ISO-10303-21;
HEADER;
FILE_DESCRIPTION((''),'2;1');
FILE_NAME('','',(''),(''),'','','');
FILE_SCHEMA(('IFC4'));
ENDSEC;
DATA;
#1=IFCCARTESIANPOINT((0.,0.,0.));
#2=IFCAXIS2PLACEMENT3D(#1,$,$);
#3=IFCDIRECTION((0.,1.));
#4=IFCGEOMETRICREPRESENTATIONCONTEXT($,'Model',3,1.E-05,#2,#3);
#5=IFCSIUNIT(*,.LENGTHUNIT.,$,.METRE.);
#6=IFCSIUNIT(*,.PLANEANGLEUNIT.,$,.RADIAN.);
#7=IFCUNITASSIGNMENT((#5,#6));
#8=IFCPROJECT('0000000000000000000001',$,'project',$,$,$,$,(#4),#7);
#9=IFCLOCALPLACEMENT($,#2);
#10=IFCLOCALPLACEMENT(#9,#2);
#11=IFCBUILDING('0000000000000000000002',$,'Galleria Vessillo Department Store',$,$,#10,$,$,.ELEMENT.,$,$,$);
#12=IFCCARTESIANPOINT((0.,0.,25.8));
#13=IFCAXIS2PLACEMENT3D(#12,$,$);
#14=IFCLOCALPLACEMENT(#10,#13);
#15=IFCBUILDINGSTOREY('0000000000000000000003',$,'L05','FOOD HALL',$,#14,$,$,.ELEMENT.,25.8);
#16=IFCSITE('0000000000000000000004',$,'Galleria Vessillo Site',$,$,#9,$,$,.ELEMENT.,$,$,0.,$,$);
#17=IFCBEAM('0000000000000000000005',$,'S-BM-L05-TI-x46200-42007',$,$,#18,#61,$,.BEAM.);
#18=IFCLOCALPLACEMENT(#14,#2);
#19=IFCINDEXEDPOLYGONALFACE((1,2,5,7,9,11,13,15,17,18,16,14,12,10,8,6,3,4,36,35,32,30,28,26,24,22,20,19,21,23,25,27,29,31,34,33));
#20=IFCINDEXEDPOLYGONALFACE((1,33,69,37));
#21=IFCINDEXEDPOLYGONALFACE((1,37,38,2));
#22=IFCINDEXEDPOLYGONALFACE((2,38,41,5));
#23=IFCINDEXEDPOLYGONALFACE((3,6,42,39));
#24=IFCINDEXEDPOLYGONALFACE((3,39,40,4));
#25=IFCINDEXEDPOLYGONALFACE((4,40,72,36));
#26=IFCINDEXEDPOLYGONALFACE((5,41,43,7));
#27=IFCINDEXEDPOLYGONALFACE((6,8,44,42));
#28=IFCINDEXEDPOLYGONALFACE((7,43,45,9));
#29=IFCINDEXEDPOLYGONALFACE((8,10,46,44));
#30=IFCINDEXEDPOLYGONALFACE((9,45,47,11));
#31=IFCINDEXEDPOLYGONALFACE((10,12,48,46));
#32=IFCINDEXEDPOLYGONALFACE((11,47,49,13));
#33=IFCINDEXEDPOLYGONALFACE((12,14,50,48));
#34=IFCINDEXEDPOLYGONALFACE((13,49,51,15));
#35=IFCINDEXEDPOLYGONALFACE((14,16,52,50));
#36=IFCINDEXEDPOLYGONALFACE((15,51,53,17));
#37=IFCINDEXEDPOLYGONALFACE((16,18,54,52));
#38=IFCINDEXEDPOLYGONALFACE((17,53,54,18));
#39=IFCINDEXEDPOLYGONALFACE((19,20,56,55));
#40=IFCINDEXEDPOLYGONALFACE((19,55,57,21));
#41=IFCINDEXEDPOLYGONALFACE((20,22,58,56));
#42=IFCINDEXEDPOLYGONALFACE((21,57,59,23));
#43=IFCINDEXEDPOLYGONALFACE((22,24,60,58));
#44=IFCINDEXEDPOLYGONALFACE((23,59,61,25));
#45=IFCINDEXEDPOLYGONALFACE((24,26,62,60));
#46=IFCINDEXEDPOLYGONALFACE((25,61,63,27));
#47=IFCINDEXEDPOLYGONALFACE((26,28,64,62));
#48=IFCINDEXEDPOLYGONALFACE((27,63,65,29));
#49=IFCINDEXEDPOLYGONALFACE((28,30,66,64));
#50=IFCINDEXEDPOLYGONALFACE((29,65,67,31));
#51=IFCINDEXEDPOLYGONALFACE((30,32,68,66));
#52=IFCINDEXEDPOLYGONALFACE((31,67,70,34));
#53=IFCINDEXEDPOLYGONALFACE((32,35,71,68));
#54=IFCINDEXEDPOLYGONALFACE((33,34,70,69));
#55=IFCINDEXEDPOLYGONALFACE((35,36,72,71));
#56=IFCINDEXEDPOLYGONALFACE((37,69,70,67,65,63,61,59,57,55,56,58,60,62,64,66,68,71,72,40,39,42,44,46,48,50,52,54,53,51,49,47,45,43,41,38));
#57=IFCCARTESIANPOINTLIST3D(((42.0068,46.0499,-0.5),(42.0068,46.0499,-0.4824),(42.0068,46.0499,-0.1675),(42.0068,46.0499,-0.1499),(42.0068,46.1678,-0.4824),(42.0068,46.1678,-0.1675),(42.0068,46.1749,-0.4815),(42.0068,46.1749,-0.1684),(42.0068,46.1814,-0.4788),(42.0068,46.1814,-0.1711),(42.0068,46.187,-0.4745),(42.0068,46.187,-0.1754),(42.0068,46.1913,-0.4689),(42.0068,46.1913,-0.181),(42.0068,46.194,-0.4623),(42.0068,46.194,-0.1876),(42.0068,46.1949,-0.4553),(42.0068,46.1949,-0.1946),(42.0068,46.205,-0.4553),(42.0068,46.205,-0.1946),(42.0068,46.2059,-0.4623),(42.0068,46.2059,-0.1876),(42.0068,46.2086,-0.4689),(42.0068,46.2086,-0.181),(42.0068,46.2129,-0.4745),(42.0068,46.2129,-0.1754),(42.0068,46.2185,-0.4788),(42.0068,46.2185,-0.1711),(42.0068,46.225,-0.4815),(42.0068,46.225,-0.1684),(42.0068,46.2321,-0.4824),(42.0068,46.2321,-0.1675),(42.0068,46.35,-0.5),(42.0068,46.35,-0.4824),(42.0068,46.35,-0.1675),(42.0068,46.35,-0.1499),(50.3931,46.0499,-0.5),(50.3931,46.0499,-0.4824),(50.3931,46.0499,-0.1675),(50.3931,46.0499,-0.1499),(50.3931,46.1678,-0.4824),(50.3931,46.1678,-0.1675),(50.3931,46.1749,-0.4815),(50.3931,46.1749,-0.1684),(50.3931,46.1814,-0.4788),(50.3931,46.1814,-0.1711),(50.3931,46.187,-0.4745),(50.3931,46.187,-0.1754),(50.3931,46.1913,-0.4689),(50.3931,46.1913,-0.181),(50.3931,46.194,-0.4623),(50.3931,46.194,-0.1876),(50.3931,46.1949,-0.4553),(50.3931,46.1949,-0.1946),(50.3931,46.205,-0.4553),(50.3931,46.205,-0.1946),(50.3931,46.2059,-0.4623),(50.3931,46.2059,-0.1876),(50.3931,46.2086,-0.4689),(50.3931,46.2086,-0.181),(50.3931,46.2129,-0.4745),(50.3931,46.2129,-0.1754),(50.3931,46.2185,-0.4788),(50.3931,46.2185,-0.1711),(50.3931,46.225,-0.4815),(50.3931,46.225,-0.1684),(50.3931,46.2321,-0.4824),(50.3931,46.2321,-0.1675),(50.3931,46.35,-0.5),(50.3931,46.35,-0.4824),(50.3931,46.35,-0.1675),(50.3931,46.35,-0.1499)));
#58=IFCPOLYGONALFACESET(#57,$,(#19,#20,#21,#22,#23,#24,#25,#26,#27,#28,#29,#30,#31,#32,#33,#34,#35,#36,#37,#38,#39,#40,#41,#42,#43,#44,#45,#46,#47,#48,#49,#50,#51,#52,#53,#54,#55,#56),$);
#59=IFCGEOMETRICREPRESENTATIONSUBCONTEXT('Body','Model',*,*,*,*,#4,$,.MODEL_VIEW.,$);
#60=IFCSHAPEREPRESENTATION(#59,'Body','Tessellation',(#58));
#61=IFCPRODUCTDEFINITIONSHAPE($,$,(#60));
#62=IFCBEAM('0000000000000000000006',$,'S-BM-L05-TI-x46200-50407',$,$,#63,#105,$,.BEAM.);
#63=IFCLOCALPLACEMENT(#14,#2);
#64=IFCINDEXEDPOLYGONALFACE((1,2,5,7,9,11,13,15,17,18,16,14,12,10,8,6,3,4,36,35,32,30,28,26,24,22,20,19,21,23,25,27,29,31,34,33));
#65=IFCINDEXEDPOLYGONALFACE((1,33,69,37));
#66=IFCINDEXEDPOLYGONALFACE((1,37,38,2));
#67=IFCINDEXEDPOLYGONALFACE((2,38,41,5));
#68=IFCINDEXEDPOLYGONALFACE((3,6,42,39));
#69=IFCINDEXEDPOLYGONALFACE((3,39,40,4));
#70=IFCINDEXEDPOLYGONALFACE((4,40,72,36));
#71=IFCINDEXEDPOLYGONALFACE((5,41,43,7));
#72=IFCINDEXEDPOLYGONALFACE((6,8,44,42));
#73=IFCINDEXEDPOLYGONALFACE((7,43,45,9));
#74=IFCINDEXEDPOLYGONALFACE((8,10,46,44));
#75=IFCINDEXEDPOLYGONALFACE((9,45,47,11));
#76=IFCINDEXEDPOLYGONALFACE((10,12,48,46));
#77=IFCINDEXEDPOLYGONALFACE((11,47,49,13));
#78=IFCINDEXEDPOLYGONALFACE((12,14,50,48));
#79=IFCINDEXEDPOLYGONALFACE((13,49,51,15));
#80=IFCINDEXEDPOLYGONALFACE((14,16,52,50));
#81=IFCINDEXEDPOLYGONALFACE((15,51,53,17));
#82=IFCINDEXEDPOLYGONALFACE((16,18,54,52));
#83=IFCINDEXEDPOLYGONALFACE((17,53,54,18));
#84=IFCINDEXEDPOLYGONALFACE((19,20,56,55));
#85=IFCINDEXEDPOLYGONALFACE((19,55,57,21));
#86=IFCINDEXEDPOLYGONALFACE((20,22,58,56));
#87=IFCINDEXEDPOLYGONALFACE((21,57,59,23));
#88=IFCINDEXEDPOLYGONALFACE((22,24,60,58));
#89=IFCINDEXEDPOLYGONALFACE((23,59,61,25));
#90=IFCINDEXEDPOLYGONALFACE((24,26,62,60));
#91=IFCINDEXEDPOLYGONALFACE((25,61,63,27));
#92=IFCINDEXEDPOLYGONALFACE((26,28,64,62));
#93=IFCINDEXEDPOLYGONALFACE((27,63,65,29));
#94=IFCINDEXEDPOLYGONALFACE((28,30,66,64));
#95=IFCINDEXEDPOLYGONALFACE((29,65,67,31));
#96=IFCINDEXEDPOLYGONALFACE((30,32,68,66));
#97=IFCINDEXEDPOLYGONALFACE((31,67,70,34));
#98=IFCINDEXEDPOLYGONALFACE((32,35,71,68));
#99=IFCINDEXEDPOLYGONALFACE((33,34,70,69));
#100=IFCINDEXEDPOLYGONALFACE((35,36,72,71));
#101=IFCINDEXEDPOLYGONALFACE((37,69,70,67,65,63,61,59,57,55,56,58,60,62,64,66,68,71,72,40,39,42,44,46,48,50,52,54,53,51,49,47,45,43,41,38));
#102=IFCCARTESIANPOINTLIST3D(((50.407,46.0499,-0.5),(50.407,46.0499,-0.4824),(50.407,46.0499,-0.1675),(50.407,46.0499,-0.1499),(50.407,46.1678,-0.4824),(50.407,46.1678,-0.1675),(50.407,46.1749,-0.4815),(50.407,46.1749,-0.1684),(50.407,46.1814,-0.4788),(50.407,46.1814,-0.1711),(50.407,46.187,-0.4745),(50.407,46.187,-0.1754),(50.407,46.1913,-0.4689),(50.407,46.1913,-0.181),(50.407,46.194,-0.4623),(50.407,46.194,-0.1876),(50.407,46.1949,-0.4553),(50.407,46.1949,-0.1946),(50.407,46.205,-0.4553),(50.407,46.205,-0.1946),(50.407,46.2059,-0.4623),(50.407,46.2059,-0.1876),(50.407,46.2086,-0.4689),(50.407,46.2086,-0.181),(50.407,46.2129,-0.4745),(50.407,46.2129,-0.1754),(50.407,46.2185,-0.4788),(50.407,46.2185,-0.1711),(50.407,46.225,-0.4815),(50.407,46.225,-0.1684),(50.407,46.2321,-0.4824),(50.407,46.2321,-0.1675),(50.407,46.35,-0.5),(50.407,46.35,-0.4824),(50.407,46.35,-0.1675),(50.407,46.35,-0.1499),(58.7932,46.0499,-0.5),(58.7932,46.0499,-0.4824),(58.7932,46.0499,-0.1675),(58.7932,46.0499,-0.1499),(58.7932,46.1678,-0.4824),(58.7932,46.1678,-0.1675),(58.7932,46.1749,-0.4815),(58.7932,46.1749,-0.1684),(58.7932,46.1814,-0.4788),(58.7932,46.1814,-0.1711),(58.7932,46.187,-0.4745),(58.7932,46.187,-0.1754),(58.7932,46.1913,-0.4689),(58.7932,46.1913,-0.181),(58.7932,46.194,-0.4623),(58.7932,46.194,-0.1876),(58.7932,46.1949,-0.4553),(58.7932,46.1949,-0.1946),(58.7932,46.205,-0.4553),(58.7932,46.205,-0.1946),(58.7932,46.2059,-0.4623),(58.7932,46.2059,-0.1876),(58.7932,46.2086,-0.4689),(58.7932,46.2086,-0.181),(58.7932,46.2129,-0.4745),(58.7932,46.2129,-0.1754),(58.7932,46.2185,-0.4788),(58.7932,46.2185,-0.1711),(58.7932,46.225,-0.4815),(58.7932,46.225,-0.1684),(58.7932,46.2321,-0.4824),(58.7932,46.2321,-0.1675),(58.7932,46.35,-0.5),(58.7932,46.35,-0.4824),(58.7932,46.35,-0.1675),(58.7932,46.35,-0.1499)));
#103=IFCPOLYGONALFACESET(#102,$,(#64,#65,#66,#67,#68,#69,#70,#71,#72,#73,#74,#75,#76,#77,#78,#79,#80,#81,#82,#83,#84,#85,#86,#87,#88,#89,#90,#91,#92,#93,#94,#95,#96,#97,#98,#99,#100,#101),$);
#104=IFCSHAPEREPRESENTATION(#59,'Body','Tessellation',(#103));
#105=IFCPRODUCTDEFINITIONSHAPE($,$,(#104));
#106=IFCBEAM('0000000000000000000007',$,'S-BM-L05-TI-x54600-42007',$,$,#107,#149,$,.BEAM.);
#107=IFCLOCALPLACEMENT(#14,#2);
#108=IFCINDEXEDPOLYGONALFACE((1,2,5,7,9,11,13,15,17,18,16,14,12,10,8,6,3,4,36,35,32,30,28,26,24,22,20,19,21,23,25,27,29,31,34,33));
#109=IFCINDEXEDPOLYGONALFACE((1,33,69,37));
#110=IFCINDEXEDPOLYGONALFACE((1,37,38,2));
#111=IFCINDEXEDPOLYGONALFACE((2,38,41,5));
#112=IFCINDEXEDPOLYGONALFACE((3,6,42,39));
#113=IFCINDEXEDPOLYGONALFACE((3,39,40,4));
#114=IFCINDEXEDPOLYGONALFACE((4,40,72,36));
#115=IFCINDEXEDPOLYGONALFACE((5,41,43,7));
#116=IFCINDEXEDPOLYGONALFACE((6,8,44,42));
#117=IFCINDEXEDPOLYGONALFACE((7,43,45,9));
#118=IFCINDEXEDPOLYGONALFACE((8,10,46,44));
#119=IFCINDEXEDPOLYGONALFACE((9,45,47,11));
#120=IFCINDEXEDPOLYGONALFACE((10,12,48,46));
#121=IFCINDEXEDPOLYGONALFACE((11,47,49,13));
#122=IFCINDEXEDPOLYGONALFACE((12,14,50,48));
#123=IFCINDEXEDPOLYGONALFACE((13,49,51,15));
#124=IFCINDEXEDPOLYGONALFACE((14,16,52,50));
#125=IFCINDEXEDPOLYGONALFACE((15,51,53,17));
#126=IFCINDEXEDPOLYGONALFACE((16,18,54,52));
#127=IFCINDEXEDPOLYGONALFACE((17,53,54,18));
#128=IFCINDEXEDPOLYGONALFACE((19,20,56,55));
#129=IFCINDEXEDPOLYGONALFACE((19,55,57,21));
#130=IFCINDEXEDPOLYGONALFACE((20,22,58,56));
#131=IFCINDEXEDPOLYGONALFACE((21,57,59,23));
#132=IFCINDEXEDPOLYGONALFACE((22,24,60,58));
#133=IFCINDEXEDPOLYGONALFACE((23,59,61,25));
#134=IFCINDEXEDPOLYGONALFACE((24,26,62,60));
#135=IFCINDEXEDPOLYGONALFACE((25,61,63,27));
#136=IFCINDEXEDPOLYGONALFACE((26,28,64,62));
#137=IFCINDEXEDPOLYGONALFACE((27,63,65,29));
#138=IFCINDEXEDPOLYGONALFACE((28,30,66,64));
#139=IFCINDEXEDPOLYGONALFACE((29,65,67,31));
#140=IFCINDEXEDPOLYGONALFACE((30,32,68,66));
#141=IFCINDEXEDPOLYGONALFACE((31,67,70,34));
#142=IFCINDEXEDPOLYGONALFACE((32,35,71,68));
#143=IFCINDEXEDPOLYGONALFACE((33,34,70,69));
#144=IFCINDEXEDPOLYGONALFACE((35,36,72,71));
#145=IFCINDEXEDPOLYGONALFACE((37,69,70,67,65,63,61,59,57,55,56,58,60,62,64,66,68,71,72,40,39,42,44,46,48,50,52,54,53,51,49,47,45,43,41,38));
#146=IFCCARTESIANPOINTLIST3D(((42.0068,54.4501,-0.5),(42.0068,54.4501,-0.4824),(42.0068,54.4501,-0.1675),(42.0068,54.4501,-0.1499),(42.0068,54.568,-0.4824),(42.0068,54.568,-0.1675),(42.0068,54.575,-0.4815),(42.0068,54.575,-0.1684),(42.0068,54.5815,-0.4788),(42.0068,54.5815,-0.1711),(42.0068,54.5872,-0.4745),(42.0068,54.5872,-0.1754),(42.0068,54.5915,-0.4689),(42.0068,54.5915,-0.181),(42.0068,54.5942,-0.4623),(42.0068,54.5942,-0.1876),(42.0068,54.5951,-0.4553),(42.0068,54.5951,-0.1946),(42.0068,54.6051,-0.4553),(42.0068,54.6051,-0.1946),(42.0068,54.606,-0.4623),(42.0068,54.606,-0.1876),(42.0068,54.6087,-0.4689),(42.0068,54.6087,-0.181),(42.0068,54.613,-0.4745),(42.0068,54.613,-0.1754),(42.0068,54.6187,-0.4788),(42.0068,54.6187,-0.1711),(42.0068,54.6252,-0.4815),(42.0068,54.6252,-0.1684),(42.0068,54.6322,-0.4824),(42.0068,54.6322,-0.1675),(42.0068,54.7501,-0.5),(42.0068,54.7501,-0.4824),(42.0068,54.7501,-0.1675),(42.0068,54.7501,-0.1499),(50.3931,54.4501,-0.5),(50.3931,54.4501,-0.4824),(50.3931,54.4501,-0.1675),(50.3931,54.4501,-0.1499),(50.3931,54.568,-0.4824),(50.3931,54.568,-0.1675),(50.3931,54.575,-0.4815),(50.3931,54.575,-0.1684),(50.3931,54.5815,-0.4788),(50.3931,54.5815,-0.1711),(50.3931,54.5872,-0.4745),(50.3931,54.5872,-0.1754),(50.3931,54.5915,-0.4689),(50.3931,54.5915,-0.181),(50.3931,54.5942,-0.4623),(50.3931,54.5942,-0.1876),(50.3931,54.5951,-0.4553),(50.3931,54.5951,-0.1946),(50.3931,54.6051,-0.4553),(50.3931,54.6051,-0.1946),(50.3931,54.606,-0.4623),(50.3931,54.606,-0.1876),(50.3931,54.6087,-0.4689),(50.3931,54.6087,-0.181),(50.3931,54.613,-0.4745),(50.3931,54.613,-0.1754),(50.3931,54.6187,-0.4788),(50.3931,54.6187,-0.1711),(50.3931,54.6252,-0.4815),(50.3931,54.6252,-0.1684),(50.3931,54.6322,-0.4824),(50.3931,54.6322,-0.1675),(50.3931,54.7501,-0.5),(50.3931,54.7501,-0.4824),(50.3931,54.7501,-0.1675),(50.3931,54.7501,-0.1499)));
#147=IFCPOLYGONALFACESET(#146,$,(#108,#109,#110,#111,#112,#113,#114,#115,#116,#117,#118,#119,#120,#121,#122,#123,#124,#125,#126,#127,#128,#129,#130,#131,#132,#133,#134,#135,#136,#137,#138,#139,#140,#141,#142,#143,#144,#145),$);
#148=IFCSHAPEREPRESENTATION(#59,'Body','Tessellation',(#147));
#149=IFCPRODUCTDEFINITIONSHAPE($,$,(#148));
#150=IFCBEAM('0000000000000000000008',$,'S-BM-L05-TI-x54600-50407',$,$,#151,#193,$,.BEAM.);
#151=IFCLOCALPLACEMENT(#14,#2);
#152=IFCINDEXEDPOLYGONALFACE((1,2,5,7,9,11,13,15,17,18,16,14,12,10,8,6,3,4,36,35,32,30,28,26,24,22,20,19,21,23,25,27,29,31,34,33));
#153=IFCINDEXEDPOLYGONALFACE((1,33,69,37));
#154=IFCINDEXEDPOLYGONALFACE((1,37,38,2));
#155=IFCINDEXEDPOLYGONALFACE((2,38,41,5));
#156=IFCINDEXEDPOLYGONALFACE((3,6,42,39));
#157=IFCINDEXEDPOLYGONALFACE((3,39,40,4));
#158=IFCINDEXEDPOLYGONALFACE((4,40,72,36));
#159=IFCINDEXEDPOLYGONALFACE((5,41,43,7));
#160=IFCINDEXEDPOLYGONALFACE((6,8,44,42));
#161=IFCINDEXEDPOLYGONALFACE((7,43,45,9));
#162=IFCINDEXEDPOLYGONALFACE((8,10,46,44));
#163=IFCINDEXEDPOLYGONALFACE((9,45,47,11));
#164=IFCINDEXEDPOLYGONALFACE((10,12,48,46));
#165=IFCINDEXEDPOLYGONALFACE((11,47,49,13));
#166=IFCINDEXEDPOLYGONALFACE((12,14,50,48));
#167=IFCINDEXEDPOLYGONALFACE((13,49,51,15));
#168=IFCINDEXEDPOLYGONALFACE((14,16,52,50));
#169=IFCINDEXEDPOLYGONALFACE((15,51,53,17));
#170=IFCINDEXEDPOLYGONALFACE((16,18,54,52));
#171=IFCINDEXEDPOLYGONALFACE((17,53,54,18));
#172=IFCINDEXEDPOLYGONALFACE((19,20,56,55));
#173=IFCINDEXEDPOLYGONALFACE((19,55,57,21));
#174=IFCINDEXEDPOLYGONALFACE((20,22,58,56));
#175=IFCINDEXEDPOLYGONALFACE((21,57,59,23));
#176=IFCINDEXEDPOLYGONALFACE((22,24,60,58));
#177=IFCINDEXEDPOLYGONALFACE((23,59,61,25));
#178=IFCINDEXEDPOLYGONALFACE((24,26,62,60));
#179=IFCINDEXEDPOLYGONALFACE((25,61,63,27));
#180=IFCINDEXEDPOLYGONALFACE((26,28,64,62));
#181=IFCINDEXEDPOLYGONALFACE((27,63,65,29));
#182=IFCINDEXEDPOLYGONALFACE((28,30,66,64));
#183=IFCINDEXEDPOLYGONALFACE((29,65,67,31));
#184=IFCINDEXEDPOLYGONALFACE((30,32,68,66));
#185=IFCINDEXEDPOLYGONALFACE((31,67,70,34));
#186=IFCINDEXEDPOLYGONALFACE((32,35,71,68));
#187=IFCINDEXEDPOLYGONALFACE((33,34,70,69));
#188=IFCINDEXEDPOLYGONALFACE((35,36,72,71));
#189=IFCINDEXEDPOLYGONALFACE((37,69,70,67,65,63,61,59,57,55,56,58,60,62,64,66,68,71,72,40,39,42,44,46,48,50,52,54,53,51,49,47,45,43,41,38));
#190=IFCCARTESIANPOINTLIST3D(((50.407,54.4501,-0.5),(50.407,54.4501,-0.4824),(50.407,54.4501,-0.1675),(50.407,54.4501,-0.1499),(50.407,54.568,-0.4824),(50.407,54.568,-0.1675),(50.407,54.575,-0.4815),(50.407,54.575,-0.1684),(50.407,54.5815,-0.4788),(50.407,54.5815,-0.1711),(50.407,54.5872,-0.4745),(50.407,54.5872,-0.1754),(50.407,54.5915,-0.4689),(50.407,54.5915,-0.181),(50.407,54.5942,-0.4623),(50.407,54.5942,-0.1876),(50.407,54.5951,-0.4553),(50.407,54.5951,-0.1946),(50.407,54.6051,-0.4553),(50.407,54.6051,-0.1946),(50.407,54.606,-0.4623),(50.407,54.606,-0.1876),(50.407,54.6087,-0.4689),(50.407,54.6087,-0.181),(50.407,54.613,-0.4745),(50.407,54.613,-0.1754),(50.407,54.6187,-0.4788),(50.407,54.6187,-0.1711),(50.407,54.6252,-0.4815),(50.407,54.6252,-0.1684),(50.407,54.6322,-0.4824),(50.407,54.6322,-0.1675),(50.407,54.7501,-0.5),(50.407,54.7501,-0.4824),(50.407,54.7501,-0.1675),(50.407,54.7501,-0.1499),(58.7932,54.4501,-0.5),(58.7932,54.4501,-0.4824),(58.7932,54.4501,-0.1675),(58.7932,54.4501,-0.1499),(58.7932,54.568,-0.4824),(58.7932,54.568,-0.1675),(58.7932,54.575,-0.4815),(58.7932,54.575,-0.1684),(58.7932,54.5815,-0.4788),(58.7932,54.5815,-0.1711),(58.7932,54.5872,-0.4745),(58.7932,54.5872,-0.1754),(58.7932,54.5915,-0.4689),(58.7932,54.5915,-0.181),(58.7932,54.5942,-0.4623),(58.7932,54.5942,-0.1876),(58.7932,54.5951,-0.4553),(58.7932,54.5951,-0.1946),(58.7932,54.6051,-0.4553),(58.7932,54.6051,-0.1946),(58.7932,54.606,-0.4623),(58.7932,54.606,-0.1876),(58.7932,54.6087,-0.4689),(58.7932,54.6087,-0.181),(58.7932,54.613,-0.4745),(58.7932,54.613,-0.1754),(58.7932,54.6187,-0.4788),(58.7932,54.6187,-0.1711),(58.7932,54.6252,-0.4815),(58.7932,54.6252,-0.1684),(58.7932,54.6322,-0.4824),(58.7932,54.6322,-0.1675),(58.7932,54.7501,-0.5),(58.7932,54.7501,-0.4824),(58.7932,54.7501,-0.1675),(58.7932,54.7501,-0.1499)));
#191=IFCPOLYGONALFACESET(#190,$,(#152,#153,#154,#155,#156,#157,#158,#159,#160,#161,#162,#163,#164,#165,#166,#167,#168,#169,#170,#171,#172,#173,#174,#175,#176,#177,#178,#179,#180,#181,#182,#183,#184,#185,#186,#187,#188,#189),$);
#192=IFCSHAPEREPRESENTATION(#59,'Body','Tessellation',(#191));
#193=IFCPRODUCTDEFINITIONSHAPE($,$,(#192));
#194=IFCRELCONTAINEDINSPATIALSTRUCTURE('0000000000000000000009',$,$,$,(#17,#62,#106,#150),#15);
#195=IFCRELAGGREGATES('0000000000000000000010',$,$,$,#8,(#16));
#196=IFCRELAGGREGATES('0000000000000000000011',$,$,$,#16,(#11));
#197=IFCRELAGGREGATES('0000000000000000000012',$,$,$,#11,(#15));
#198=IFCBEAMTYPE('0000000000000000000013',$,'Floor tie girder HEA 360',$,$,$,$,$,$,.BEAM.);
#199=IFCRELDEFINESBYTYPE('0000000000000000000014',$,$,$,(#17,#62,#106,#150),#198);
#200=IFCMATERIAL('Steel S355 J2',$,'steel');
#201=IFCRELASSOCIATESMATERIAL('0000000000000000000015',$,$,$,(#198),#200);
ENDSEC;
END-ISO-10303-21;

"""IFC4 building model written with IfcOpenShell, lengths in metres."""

from ifc_helpers import new_model, si_unit, direction, frame, origin, origin_2d, place, context, subcontext, project, spatial, i_section, extrude, material, material_profile, profile_set, type_object, element, save


model = new_model("IFC4")

# Units and contexts
model_context = context("Model", 3, precision=1e-05, world=origin(), true_north=direction((0.0, 1.0)))
body_context = subcontext(model_context, "Body", "Model", "MODEL_VIEW")
ifc_project = project(units=[si_unit("LENGTHUNIT", "METRE"), si_unit("PLANEANGLEUNIT", "RADIAN")], contexts=[model_context])

# Site, building, storey
site_placement = place(None, origin())
site = spatial("IfcSite", under=ifc_project, at=site_placement, Name="Galleria Vessillo Site", CompositionType="ELEMENT", RefElevation=0.0)
building_placement = place(site_placement, origin())
building = spatial("IfcBuilding", under=site, at=building_placement, Name="Galleria Vessillo Department Store", CompositionType="ELEMENT")
storey_placement = place(building_placement, frame((0.0, 0.0, 25.8)))
storey = spatial("IfcBuildingStorey", under=building, at=storey_placement, Name="L05", Description="FOOD HALL", CompositionType="ELEMENT", Elevation=25.8)

# Beams
ifc_material_1 = material(Name="Steel S355 J2", Category="steel")
ifc_material_profile_1 = material_profile(ifc_material_1, i_section(OverallWidth=0.3, OverallDepth=0.3501, WebThickness=0.01, FlangeThickness=0.0176, FilletRadius=0.0271, at=origin_2d()), Name="HEA 360")
ifc_profile_set_1 = profile_set([ifc_material_profile_1], Name="Steel S355 J2")
beam_type_1 = type_object("IfcBeamType", Name="Floor tie girder HEA 360", PredefinedType="BEAM", material=ifc_profile_set_1)
for number, where, z_axis, x_axis, name in (
    (1, (42.0068, 46.2, -0.325), (1.0, 0.0, 0.0), (0.0, 1.0, 0.0), "S-BM-L05-TI-x46200-42007"),
    (2, (50.407, 46.2, -0.325), (1.0, 0.0, 0.0), (0.0, 1.0, 0.0), "S-BM-L05-TI-x46200-50407"),
    (3, (42.0068, 54.6001, -0.325), (1.0, 0.0, 0.0), (0.0, 1.0, 0.0), "S-BM-L05-TI-x54600-42007"),
    (4, (50.407, 54.6001, -0.325), (1.0, 0.0, 0.0), (0.0, 1.0, 0.0), "S-BM-L05-TI-x54600-50407"),
):
    element("IfcBeam", number, at=place(storey_placement, frame(where, z_axis=z_axis, x_axis=x_axis)), inside=storey, type_object=beam_type_1, Name=name, PredefinedType="BEAM", context=body_context, shape_type="SweptSolid", body=[
        extrude(i_section(OverallWidth=0.3, OverallDepth=0.3501, WebThickness=0.01, FlangeThickness=0.0176, FilletRadius=0.0271, at=origin_2d()), origin(), (0.0, 0.0, 1.0), 8.3862),
    ])

save(model, "model.ifc")
